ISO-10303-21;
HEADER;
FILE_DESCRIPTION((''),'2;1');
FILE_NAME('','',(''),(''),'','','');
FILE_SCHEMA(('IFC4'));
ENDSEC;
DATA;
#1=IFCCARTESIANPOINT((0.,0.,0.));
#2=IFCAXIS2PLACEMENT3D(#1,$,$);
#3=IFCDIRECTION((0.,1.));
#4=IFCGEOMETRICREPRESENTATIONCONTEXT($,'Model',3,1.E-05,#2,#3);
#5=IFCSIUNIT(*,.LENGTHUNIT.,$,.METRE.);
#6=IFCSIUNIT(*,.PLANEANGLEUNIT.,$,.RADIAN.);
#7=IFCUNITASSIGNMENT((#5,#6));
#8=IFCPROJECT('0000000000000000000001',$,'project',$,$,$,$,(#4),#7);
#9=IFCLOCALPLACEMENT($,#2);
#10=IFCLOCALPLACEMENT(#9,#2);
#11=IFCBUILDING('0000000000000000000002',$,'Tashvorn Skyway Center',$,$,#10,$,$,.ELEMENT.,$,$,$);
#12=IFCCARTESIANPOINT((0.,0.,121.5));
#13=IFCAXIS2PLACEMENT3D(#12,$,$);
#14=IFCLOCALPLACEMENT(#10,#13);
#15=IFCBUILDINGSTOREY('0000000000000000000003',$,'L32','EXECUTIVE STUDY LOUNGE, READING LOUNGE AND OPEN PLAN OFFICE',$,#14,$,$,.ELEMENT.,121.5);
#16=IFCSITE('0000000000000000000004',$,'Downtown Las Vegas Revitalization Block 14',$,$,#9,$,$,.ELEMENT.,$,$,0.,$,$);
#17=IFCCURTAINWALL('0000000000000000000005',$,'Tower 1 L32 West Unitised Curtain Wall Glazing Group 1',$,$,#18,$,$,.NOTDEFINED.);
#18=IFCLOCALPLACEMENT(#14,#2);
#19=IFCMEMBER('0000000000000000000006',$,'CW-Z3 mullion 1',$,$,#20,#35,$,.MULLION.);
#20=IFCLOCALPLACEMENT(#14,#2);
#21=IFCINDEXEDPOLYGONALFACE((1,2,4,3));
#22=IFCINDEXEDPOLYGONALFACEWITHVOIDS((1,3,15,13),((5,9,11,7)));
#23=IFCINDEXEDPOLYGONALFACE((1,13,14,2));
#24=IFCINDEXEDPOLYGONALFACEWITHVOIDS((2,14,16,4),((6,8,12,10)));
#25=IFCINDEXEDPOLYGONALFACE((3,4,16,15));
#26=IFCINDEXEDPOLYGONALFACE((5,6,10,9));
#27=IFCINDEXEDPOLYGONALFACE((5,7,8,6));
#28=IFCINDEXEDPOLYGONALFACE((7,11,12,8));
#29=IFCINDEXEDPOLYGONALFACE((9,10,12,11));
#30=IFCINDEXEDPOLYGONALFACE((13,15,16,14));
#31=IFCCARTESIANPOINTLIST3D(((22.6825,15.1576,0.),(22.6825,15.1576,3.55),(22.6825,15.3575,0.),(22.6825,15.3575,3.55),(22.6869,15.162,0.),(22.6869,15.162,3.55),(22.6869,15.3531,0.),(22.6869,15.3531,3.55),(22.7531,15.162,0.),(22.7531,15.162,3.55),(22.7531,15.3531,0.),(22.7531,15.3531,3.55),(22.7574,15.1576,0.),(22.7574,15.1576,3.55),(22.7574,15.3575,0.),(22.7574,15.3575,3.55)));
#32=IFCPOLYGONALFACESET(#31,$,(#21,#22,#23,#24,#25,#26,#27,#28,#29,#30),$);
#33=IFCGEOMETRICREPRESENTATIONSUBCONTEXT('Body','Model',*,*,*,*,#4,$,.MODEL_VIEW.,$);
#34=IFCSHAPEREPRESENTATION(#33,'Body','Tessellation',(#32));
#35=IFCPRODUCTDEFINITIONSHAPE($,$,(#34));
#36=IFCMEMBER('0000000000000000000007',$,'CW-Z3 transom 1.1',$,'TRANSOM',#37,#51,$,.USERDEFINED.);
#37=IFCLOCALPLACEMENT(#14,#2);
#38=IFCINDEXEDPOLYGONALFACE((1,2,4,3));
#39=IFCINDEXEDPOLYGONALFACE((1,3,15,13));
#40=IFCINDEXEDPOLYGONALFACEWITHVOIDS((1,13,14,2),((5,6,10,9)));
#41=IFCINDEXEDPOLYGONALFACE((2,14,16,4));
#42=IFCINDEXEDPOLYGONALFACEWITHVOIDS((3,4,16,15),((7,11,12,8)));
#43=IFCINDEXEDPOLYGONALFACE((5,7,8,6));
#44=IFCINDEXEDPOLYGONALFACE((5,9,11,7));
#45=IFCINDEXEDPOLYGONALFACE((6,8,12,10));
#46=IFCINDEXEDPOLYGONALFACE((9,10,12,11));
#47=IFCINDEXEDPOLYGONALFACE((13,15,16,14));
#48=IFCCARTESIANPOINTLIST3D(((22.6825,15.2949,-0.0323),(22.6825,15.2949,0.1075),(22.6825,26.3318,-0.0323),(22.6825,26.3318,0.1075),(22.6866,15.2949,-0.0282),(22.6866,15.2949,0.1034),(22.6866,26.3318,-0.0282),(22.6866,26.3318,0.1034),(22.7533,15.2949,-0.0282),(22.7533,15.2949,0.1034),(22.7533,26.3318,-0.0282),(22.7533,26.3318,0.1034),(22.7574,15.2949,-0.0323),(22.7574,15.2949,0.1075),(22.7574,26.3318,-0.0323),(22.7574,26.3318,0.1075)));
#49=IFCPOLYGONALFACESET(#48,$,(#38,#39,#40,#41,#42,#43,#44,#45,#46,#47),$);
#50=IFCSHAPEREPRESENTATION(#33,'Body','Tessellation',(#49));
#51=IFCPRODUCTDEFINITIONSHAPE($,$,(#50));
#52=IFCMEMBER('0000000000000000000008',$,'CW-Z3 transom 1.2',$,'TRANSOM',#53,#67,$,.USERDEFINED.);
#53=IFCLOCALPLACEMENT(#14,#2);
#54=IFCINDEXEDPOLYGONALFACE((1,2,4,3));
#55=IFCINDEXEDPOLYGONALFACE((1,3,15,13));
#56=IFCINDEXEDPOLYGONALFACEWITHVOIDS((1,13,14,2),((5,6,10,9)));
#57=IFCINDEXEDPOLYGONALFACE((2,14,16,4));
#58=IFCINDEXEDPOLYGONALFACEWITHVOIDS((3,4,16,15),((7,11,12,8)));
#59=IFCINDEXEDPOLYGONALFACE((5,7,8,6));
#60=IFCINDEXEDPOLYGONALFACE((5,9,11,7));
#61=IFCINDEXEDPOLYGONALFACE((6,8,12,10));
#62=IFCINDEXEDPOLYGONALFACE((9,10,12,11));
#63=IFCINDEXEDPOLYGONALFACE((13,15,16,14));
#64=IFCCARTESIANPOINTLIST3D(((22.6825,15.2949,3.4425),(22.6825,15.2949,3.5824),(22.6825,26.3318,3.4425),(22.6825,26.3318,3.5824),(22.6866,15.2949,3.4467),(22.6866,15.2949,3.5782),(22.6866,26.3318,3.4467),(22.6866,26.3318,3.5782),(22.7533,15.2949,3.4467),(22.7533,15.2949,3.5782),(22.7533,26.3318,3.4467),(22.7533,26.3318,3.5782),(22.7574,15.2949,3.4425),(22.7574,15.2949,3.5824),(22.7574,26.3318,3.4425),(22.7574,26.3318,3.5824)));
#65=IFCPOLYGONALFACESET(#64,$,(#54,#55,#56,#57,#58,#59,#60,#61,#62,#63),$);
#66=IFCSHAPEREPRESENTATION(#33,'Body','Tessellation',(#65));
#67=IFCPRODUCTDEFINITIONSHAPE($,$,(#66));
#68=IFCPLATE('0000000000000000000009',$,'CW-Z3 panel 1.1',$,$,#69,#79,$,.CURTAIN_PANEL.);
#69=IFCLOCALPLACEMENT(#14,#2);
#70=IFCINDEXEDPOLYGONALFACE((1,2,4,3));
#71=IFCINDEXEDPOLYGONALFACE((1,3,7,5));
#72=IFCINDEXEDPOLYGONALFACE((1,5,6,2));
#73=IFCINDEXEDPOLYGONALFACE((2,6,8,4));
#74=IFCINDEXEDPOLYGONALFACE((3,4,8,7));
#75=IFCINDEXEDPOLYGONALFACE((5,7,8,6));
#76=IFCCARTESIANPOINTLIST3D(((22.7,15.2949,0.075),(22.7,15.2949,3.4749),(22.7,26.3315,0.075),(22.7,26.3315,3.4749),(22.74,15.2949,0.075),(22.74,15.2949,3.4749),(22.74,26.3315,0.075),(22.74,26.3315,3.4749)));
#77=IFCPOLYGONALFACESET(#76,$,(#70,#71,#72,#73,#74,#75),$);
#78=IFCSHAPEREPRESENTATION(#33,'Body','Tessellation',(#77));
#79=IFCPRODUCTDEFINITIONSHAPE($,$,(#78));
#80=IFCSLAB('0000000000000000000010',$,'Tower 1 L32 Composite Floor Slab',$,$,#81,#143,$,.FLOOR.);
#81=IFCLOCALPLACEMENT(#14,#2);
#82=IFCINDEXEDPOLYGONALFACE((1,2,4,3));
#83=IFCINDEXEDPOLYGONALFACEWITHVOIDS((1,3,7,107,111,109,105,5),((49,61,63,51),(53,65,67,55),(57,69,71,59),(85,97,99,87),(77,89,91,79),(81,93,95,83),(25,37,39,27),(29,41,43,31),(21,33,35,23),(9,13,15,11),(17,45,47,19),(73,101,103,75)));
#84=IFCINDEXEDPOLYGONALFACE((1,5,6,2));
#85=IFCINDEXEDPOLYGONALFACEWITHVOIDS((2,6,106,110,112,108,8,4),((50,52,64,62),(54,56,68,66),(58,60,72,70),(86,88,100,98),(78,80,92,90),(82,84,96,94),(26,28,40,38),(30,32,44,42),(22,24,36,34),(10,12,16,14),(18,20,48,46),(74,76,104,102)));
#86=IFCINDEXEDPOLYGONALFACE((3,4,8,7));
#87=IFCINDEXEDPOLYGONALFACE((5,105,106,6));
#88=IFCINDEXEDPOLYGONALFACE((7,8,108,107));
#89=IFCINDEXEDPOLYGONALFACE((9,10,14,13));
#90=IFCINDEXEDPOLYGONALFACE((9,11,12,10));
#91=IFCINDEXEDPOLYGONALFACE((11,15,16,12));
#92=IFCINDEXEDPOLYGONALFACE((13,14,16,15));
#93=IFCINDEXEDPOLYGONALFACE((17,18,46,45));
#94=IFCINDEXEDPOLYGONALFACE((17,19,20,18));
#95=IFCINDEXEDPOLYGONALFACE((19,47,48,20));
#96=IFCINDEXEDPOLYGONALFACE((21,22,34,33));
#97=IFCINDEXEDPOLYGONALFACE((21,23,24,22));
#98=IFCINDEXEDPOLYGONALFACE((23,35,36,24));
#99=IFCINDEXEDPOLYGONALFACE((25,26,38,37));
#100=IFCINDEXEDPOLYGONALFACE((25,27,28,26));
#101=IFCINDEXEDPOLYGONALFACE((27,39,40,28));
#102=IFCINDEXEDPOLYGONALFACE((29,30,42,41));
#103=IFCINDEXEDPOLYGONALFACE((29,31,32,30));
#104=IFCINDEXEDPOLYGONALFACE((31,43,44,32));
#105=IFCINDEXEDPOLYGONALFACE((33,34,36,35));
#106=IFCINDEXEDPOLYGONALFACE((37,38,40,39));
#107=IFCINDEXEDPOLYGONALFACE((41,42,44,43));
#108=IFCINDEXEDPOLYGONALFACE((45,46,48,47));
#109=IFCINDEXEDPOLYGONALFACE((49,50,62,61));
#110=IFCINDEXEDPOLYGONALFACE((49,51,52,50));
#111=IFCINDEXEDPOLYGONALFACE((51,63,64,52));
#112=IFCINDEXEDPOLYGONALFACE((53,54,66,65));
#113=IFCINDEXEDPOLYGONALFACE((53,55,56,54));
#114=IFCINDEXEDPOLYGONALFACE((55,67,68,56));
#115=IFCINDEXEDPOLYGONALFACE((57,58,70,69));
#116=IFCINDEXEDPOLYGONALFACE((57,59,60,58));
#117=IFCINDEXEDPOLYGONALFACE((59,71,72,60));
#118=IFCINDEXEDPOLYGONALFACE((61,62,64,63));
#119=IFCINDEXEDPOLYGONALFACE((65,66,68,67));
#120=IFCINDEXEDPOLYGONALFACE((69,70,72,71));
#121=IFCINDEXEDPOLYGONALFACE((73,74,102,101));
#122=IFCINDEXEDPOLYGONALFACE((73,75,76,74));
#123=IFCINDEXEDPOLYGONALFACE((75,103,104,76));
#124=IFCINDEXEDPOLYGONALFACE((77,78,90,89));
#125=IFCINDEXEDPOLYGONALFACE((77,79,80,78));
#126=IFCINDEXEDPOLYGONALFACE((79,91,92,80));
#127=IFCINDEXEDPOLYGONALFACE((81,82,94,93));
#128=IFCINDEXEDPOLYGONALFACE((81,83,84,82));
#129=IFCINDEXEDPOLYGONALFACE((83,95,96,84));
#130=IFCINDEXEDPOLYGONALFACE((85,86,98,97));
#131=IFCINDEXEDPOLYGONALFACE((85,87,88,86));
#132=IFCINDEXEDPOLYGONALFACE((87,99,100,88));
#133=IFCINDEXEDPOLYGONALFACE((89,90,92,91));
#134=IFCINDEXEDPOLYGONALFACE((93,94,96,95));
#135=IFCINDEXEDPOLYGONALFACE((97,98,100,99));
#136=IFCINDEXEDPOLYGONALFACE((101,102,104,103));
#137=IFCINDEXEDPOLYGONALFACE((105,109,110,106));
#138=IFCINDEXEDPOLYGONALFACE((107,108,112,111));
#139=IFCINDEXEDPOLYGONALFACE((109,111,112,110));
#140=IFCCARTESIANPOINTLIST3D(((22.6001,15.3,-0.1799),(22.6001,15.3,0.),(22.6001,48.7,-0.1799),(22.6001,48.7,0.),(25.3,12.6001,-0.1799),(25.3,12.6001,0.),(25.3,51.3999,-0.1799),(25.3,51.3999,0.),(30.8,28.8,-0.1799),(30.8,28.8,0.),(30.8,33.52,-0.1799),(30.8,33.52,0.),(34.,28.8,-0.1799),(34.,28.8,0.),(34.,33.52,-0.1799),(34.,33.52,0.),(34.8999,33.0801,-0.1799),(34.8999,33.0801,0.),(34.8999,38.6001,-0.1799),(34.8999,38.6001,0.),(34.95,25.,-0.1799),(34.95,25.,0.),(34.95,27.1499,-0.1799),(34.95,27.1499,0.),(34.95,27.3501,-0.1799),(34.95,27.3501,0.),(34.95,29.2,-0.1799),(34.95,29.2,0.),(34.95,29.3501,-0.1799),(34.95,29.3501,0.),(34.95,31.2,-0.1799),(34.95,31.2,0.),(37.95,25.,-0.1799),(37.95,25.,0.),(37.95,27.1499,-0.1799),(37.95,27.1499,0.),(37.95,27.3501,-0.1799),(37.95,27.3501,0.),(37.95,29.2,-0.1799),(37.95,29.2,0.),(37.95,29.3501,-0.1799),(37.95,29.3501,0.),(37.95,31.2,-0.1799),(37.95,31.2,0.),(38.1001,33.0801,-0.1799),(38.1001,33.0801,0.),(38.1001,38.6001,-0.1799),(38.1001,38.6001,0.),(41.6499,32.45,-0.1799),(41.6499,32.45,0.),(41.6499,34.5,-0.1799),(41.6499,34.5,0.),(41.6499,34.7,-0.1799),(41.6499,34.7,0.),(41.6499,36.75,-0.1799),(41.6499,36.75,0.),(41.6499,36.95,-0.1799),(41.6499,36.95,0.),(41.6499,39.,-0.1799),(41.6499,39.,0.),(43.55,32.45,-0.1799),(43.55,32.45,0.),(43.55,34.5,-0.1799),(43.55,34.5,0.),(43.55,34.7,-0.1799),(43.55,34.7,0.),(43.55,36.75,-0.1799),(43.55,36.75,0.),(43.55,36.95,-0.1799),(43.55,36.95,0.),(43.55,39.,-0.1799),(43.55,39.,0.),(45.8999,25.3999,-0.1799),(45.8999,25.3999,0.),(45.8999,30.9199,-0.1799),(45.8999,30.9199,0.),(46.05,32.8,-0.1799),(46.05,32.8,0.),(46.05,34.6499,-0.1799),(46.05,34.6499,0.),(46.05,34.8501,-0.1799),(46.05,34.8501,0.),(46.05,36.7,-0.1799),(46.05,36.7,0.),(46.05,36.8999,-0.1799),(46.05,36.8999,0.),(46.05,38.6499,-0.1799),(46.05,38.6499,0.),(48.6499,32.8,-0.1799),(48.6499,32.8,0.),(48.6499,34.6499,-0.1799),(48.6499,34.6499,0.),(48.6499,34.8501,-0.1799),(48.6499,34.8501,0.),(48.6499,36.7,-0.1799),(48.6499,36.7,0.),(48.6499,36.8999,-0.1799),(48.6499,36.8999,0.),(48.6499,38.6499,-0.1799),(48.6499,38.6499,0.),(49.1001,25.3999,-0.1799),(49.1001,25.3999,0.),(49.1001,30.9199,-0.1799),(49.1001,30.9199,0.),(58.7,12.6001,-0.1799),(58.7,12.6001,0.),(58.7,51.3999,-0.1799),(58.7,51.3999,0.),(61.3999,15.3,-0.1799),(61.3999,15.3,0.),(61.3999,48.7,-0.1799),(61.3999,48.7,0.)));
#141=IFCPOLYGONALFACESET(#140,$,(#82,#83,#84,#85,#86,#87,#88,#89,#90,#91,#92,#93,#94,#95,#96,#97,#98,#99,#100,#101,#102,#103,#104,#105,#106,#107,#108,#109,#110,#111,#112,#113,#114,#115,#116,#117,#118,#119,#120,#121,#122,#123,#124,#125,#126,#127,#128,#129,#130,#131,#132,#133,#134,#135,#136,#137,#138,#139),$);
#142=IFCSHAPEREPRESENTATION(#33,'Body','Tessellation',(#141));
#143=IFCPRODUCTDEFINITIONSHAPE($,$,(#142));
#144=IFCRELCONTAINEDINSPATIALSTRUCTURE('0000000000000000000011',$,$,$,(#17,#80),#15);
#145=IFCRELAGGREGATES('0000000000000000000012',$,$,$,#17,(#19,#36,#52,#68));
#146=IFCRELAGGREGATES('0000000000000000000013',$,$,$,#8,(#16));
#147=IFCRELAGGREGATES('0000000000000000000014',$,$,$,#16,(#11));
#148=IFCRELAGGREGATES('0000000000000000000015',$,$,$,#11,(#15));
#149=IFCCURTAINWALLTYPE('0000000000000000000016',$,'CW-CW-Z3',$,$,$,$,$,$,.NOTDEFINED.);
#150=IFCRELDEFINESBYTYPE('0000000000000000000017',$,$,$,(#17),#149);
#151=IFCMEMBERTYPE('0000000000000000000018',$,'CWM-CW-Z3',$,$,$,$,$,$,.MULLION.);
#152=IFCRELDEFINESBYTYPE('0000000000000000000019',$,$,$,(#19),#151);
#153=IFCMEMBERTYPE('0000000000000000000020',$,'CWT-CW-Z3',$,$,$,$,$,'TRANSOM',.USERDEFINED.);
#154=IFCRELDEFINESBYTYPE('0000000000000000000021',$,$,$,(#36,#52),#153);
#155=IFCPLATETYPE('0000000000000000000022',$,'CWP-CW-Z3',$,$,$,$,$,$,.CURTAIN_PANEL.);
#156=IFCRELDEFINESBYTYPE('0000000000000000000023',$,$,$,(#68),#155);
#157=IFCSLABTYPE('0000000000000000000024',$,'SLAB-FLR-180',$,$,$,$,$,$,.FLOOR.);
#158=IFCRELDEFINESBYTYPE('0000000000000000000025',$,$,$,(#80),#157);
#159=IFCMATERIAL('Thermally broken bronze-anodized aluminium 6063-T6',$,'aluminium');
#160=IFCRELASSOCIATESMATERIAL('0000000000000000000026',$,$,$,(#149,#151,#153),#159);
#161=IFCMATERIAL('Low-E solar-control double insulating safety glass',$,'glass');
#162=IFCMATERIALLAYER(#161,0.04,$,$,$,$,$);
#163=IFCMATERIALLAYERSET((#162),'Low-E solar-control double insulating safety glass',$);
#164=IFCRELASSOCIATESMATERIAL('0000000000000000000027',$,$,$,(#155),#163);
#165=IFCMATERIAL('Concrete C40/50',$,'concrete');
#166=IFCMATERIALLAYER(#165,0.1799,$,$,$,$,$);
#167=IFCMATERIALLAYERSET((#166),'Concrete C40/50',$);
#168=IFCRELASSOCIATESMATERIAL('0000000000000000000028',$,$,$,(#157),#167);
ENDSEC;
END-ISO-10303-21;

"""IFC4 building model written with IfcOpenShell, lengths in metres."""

from ifc_helpers import new_model, si_unit, direction, frame, origin, origin_2d, place, context, subcontext, project, spatial, polyline, rectangle, hollow_rectangle, outline, extrude, material, layer, layer_set, material_profile, profile_set, type_object, element, aggregate, save


model = new_model("IFC4")

# Units and contexts
model_context = context("Model", 3, precision=1e-05, world=origin(), true_north=direction((0.0, 1.0)))
body_context = subcontext(model_context, "Body", "Model", "MODEL_VIEW")
ifc_project = project(units=[si_unit("LENGTHUNIT", "METRE"), si_unit("PLANEANGLEUNIT", "RADIAN")], contexts=[model_context])

# Site, building, storey
site_placement = place(None, origin())
site = spatial("IfcSite", under=ifc_project, at=site_placement, Name="Downtown Las Vegas Revitalization Block 14", CompositionType="ELEMENT", RefElevation=0.0)
building_placement = place(site_placement, origin())
building = spatial("IfcBuilding", under=site, at=building_placement, Name="Tashvorn Skyway Center", CompositionType="ELEMENT")
storey_placement = place(building_placement, frame((0.0, 0.0, 121.5)))
storey = spatial("IfcBuildingStorey", under=building, at=storey_placement, Name="L32", Description="EXECUTIVE STUDY LOUNGE, READING LOUNGE AND OPEN PLAN OFFICE", CompositionType="ELEMENT", Elevation=121.5)

# Curtain wall, members, plate
ifc_material_1 = material(Name="Thermally broken bronze-anodized aluminium 6063-T6", Category="aluminium")
curtain_wall_type = type_object("IfcCurtainWallType", Name="CW-CW-Z3", PredefinedType="NOTDEFINED", material=ifc_material_1)
curtain_wall_placement = place(storey_placement, origin())
curtain_wall = element("IfcCurtainWall", 1, at=curtain_wall_placement, inside=storey, type_object=curtain_wall_type, Name="Tower 1 L32 West Unitised Curtain Wall Glazing Group 1", PredefinedType="NOTDEFINED")
ifc_material_profile_1 = material_profile(ifc_material_1, hollow_rectangle(XDim=0.075, YDim=0.2, WallThickness=0.0044, at=origin_2d()), Name="ALU-MULL-75x200")
ifc_profile_set_1 = profile_set([ifc_material_profile_1], Name="Thermally broken bronze-anodized aluminium 6063-T6")
member_type_1 = type_object("IfcMemberType", Name="CWM-CW-Z3", PredefinedType="MULLION", material=ifc_profile_set_1)
member_1_placement = place(storey_placement, frame((22.72, 15.2576, 0.0), z_axis=(0.0, 0.0, 1.0), x_axis=(-1.0, 0.0, 0.0)))
member_1 = element("IfcMember", 2, at=member_1_placement, type_object=member_type_1, Name="CW-Z3 mullion 1", PredefinedType="MULLION", context=body_context, shape_type="SweptSolid", body=[
    extrude(hollow_rectangle(XDim=0.075, YDim=0.2, WallThickness=0.0044, at=origin_2d()), origin(), (0.0, 0.0, 1.0), 3.55),
])
ifc_material_profile_2 = material_profile(ifc_material_1, hollow_rectangle(XDim=0.075, YDim=0.1399, WallThickness=0.0042, at=origin_2d()), Name="ALU-TRAN-75x140")
ifc_profile_set_2 = profile_set([ifc_material_profile_2], Name="Thermally broken bronze-anodized aluminium 6063-T6")
member_type_2 = type_object("IfcMemberType", Name="CWT-CW-Z3", ElementType="TRANSOM", PredefinedType="USERDEFINED", material=ifc_profile_set_2)
member_2_placement = place(storey_placement, frame((22.72, 15.2949, 0.0376), z_axis=(0.0, 1.0, 0.0), x_axis=(-1.0, 0.0, 0.0)))
member_2 = element("IfcMember", 3, at=member_2_placement, type_object=member_type_2, Name="CW-Z3 transom 1.1", ObjectType="TRANSOM", PredefinedType="USERDEFINED", context=body_context, shape_type="SweptSolid", body=[
    extrude(hollow_rectangle(XDim=0.075, YDim=0.1399, WallThickness=0.0042, at=origin_2d()), origin(), (0.0, 0.0, 1.0), 11.0369),
])
member_3_placement = place(storey_placement, frame((22.72, 15.2949, 3.5125), z_axis=(0.0, 1.0, 0.0), x_axis=(-1.0, 0.0, 0.0)))
member_3 = element("IfcMember", 4, at=member_3_placement, type_object=member_type_2, Name="CW-Z3 transom 1.2", ObjectType="TRANSOM", PredefinedType="USERDEFINED", context=body_context, shape_type="SweptSolid", body=[
    extrude(hollow_rectangle(XDim=0.075, YDim=0.1399, WallThickness=0.0042, at=origin_2d()), origin(), (0.0, 0.0, 1.0), 11.0369),
])
ifc_material_2 = material(Name="Low-E solar-control double insulating safety glass", Category="glass")
ifc_layer_1 = layer(ifc_material_2, 0.04)
ifc_layer_set_1 = layer_set([ifc_layer_1], Name="Low-E solar-control double insulating safety glass")
plate_type = type_object("IfcPlateType", Name="CWP-CW-Z3", PredefinedType="CURTAIN_PANEL", material=ifc_layer_set_1)
plate_placement = place(storey_placement, frame((22.72, 20.8132, 0.075), z_axis=(0.0, 0.0, 1.0), x_axis=(0.0, 1.0, 0.0)))
plate = element("IfcPlate", 5, at=plate_placement, type_object=plate_type, Name="CW-Z3 panel 1.1", PredefinedType="CURTAIN_PANEL", context=body_context, shape_type="SweptSolid", body=[
    extrude(rectangle(XDim=11.0366, YDim=0.04, at=origin_2d()), origin(), (0.0, 0.0, 1.0), 3.3999),
])
aggregate(curtain_wall, [member_1, member_2, member_3, plate])

# Slab
ifc_material_3 = material(Name="Concrete C40/50", Category="concrete")
ifc_layer_2 = layer(ifc_material_3, 0.1799)
ifc_layer_set_2 = layer_set([ifc_layer_2], Name="Concrete C40/50")
slab_type_1 = type_object("IfcSlabType", Name="SLAB-FLR-180", PredefinedType="FLOOR", material=ifc_layer_set_2)
slab_1_placement = place(storey_placement, frame((0.0, 0.0, -0.1799)))
element("IfcSlab", 6, at=slab_1_placement, inside=storey, type_object=slab_type_1, Name="Tower 1 L32 Composite Floor Slab", PredefinedType="FLOOR", context=body_context, shape_type="SweptSolid", body=[
    extrude(outline(polyline([(25.3, 12.6001), (58.7, 12.6001), (61.3999, 15.3), (61.3999, 48.7), (58.7, 51.3999), (25.3, 51.3999), (22.6001, 48.7), (22.6001, 15.3), (25.3, 12.6001)]), holes=[polyline([(38.1001, 33.0801), (38.1001, 38.6001), (34.8999, 38.6001), (34.8999, 33.0801), (38.1001, 33.0801)]), polyline([(45.8999, 30.9199), (45.8999, 25.3999), (49.1001, 25.3999), (49.1001, 30.9199), (45.8999, 30.9199)]), polyline([(30.8, 33.52), (30.8, 28.8), (34.0, 28.8), (34.0, 33.52), (30.8, 33.52)]), polyline([(34.95, 29.3501), (37.95, 29.3501), (37.95, 31.2), (34.95, 31.2), (34.95, 29.3501)]), polyline([(34.95, 27.3501), (37.95, 27.3501), (37.95, 29.2), (34.95, 29.2), (34.95, 27.3501)]), polyline([(34.95, 25.0), (37.95, 25.0), (37.95, 27.1499), (34.95, 27.1499), (34.95, 25.0)]), polyline([(41.6499, 32.45), (43.55, 32.45), (43.55, 34.5), (41.6499, 34.5), (41.6499, 32.45)]), polyline([(41.6499, 34.7), (43.55, 34.7), (43.55, 36.75), (41.6499, 36.75), (41.6499, 34.7)]), polyline([(41.6499, 36.95), (43.55, 36.95), (43.55, 39.0), (41.6499, 39.0), (41.6499, 36.95)]), polyline([(46.05, 32.8), (48.6499, 32.8), (48.6499, 34.6499), (46.05, 34.6499), (46.05, 32.8)]), polyline([(46.05, 34.8501), (48.6499, 34.8501), (48.6499, 36.7), (46.05, 36.7), (46.05, 34.8501)]), polyline([(46.05, 36.8999), (48.6499, 36.8999), (48.6499, 38.6499), (46.05, 38.6499), (46.05, 36.8999)])]), origin(), (0.0, 0.0, 1.0), 0.1799),
])

save(model, "model.ifc")
